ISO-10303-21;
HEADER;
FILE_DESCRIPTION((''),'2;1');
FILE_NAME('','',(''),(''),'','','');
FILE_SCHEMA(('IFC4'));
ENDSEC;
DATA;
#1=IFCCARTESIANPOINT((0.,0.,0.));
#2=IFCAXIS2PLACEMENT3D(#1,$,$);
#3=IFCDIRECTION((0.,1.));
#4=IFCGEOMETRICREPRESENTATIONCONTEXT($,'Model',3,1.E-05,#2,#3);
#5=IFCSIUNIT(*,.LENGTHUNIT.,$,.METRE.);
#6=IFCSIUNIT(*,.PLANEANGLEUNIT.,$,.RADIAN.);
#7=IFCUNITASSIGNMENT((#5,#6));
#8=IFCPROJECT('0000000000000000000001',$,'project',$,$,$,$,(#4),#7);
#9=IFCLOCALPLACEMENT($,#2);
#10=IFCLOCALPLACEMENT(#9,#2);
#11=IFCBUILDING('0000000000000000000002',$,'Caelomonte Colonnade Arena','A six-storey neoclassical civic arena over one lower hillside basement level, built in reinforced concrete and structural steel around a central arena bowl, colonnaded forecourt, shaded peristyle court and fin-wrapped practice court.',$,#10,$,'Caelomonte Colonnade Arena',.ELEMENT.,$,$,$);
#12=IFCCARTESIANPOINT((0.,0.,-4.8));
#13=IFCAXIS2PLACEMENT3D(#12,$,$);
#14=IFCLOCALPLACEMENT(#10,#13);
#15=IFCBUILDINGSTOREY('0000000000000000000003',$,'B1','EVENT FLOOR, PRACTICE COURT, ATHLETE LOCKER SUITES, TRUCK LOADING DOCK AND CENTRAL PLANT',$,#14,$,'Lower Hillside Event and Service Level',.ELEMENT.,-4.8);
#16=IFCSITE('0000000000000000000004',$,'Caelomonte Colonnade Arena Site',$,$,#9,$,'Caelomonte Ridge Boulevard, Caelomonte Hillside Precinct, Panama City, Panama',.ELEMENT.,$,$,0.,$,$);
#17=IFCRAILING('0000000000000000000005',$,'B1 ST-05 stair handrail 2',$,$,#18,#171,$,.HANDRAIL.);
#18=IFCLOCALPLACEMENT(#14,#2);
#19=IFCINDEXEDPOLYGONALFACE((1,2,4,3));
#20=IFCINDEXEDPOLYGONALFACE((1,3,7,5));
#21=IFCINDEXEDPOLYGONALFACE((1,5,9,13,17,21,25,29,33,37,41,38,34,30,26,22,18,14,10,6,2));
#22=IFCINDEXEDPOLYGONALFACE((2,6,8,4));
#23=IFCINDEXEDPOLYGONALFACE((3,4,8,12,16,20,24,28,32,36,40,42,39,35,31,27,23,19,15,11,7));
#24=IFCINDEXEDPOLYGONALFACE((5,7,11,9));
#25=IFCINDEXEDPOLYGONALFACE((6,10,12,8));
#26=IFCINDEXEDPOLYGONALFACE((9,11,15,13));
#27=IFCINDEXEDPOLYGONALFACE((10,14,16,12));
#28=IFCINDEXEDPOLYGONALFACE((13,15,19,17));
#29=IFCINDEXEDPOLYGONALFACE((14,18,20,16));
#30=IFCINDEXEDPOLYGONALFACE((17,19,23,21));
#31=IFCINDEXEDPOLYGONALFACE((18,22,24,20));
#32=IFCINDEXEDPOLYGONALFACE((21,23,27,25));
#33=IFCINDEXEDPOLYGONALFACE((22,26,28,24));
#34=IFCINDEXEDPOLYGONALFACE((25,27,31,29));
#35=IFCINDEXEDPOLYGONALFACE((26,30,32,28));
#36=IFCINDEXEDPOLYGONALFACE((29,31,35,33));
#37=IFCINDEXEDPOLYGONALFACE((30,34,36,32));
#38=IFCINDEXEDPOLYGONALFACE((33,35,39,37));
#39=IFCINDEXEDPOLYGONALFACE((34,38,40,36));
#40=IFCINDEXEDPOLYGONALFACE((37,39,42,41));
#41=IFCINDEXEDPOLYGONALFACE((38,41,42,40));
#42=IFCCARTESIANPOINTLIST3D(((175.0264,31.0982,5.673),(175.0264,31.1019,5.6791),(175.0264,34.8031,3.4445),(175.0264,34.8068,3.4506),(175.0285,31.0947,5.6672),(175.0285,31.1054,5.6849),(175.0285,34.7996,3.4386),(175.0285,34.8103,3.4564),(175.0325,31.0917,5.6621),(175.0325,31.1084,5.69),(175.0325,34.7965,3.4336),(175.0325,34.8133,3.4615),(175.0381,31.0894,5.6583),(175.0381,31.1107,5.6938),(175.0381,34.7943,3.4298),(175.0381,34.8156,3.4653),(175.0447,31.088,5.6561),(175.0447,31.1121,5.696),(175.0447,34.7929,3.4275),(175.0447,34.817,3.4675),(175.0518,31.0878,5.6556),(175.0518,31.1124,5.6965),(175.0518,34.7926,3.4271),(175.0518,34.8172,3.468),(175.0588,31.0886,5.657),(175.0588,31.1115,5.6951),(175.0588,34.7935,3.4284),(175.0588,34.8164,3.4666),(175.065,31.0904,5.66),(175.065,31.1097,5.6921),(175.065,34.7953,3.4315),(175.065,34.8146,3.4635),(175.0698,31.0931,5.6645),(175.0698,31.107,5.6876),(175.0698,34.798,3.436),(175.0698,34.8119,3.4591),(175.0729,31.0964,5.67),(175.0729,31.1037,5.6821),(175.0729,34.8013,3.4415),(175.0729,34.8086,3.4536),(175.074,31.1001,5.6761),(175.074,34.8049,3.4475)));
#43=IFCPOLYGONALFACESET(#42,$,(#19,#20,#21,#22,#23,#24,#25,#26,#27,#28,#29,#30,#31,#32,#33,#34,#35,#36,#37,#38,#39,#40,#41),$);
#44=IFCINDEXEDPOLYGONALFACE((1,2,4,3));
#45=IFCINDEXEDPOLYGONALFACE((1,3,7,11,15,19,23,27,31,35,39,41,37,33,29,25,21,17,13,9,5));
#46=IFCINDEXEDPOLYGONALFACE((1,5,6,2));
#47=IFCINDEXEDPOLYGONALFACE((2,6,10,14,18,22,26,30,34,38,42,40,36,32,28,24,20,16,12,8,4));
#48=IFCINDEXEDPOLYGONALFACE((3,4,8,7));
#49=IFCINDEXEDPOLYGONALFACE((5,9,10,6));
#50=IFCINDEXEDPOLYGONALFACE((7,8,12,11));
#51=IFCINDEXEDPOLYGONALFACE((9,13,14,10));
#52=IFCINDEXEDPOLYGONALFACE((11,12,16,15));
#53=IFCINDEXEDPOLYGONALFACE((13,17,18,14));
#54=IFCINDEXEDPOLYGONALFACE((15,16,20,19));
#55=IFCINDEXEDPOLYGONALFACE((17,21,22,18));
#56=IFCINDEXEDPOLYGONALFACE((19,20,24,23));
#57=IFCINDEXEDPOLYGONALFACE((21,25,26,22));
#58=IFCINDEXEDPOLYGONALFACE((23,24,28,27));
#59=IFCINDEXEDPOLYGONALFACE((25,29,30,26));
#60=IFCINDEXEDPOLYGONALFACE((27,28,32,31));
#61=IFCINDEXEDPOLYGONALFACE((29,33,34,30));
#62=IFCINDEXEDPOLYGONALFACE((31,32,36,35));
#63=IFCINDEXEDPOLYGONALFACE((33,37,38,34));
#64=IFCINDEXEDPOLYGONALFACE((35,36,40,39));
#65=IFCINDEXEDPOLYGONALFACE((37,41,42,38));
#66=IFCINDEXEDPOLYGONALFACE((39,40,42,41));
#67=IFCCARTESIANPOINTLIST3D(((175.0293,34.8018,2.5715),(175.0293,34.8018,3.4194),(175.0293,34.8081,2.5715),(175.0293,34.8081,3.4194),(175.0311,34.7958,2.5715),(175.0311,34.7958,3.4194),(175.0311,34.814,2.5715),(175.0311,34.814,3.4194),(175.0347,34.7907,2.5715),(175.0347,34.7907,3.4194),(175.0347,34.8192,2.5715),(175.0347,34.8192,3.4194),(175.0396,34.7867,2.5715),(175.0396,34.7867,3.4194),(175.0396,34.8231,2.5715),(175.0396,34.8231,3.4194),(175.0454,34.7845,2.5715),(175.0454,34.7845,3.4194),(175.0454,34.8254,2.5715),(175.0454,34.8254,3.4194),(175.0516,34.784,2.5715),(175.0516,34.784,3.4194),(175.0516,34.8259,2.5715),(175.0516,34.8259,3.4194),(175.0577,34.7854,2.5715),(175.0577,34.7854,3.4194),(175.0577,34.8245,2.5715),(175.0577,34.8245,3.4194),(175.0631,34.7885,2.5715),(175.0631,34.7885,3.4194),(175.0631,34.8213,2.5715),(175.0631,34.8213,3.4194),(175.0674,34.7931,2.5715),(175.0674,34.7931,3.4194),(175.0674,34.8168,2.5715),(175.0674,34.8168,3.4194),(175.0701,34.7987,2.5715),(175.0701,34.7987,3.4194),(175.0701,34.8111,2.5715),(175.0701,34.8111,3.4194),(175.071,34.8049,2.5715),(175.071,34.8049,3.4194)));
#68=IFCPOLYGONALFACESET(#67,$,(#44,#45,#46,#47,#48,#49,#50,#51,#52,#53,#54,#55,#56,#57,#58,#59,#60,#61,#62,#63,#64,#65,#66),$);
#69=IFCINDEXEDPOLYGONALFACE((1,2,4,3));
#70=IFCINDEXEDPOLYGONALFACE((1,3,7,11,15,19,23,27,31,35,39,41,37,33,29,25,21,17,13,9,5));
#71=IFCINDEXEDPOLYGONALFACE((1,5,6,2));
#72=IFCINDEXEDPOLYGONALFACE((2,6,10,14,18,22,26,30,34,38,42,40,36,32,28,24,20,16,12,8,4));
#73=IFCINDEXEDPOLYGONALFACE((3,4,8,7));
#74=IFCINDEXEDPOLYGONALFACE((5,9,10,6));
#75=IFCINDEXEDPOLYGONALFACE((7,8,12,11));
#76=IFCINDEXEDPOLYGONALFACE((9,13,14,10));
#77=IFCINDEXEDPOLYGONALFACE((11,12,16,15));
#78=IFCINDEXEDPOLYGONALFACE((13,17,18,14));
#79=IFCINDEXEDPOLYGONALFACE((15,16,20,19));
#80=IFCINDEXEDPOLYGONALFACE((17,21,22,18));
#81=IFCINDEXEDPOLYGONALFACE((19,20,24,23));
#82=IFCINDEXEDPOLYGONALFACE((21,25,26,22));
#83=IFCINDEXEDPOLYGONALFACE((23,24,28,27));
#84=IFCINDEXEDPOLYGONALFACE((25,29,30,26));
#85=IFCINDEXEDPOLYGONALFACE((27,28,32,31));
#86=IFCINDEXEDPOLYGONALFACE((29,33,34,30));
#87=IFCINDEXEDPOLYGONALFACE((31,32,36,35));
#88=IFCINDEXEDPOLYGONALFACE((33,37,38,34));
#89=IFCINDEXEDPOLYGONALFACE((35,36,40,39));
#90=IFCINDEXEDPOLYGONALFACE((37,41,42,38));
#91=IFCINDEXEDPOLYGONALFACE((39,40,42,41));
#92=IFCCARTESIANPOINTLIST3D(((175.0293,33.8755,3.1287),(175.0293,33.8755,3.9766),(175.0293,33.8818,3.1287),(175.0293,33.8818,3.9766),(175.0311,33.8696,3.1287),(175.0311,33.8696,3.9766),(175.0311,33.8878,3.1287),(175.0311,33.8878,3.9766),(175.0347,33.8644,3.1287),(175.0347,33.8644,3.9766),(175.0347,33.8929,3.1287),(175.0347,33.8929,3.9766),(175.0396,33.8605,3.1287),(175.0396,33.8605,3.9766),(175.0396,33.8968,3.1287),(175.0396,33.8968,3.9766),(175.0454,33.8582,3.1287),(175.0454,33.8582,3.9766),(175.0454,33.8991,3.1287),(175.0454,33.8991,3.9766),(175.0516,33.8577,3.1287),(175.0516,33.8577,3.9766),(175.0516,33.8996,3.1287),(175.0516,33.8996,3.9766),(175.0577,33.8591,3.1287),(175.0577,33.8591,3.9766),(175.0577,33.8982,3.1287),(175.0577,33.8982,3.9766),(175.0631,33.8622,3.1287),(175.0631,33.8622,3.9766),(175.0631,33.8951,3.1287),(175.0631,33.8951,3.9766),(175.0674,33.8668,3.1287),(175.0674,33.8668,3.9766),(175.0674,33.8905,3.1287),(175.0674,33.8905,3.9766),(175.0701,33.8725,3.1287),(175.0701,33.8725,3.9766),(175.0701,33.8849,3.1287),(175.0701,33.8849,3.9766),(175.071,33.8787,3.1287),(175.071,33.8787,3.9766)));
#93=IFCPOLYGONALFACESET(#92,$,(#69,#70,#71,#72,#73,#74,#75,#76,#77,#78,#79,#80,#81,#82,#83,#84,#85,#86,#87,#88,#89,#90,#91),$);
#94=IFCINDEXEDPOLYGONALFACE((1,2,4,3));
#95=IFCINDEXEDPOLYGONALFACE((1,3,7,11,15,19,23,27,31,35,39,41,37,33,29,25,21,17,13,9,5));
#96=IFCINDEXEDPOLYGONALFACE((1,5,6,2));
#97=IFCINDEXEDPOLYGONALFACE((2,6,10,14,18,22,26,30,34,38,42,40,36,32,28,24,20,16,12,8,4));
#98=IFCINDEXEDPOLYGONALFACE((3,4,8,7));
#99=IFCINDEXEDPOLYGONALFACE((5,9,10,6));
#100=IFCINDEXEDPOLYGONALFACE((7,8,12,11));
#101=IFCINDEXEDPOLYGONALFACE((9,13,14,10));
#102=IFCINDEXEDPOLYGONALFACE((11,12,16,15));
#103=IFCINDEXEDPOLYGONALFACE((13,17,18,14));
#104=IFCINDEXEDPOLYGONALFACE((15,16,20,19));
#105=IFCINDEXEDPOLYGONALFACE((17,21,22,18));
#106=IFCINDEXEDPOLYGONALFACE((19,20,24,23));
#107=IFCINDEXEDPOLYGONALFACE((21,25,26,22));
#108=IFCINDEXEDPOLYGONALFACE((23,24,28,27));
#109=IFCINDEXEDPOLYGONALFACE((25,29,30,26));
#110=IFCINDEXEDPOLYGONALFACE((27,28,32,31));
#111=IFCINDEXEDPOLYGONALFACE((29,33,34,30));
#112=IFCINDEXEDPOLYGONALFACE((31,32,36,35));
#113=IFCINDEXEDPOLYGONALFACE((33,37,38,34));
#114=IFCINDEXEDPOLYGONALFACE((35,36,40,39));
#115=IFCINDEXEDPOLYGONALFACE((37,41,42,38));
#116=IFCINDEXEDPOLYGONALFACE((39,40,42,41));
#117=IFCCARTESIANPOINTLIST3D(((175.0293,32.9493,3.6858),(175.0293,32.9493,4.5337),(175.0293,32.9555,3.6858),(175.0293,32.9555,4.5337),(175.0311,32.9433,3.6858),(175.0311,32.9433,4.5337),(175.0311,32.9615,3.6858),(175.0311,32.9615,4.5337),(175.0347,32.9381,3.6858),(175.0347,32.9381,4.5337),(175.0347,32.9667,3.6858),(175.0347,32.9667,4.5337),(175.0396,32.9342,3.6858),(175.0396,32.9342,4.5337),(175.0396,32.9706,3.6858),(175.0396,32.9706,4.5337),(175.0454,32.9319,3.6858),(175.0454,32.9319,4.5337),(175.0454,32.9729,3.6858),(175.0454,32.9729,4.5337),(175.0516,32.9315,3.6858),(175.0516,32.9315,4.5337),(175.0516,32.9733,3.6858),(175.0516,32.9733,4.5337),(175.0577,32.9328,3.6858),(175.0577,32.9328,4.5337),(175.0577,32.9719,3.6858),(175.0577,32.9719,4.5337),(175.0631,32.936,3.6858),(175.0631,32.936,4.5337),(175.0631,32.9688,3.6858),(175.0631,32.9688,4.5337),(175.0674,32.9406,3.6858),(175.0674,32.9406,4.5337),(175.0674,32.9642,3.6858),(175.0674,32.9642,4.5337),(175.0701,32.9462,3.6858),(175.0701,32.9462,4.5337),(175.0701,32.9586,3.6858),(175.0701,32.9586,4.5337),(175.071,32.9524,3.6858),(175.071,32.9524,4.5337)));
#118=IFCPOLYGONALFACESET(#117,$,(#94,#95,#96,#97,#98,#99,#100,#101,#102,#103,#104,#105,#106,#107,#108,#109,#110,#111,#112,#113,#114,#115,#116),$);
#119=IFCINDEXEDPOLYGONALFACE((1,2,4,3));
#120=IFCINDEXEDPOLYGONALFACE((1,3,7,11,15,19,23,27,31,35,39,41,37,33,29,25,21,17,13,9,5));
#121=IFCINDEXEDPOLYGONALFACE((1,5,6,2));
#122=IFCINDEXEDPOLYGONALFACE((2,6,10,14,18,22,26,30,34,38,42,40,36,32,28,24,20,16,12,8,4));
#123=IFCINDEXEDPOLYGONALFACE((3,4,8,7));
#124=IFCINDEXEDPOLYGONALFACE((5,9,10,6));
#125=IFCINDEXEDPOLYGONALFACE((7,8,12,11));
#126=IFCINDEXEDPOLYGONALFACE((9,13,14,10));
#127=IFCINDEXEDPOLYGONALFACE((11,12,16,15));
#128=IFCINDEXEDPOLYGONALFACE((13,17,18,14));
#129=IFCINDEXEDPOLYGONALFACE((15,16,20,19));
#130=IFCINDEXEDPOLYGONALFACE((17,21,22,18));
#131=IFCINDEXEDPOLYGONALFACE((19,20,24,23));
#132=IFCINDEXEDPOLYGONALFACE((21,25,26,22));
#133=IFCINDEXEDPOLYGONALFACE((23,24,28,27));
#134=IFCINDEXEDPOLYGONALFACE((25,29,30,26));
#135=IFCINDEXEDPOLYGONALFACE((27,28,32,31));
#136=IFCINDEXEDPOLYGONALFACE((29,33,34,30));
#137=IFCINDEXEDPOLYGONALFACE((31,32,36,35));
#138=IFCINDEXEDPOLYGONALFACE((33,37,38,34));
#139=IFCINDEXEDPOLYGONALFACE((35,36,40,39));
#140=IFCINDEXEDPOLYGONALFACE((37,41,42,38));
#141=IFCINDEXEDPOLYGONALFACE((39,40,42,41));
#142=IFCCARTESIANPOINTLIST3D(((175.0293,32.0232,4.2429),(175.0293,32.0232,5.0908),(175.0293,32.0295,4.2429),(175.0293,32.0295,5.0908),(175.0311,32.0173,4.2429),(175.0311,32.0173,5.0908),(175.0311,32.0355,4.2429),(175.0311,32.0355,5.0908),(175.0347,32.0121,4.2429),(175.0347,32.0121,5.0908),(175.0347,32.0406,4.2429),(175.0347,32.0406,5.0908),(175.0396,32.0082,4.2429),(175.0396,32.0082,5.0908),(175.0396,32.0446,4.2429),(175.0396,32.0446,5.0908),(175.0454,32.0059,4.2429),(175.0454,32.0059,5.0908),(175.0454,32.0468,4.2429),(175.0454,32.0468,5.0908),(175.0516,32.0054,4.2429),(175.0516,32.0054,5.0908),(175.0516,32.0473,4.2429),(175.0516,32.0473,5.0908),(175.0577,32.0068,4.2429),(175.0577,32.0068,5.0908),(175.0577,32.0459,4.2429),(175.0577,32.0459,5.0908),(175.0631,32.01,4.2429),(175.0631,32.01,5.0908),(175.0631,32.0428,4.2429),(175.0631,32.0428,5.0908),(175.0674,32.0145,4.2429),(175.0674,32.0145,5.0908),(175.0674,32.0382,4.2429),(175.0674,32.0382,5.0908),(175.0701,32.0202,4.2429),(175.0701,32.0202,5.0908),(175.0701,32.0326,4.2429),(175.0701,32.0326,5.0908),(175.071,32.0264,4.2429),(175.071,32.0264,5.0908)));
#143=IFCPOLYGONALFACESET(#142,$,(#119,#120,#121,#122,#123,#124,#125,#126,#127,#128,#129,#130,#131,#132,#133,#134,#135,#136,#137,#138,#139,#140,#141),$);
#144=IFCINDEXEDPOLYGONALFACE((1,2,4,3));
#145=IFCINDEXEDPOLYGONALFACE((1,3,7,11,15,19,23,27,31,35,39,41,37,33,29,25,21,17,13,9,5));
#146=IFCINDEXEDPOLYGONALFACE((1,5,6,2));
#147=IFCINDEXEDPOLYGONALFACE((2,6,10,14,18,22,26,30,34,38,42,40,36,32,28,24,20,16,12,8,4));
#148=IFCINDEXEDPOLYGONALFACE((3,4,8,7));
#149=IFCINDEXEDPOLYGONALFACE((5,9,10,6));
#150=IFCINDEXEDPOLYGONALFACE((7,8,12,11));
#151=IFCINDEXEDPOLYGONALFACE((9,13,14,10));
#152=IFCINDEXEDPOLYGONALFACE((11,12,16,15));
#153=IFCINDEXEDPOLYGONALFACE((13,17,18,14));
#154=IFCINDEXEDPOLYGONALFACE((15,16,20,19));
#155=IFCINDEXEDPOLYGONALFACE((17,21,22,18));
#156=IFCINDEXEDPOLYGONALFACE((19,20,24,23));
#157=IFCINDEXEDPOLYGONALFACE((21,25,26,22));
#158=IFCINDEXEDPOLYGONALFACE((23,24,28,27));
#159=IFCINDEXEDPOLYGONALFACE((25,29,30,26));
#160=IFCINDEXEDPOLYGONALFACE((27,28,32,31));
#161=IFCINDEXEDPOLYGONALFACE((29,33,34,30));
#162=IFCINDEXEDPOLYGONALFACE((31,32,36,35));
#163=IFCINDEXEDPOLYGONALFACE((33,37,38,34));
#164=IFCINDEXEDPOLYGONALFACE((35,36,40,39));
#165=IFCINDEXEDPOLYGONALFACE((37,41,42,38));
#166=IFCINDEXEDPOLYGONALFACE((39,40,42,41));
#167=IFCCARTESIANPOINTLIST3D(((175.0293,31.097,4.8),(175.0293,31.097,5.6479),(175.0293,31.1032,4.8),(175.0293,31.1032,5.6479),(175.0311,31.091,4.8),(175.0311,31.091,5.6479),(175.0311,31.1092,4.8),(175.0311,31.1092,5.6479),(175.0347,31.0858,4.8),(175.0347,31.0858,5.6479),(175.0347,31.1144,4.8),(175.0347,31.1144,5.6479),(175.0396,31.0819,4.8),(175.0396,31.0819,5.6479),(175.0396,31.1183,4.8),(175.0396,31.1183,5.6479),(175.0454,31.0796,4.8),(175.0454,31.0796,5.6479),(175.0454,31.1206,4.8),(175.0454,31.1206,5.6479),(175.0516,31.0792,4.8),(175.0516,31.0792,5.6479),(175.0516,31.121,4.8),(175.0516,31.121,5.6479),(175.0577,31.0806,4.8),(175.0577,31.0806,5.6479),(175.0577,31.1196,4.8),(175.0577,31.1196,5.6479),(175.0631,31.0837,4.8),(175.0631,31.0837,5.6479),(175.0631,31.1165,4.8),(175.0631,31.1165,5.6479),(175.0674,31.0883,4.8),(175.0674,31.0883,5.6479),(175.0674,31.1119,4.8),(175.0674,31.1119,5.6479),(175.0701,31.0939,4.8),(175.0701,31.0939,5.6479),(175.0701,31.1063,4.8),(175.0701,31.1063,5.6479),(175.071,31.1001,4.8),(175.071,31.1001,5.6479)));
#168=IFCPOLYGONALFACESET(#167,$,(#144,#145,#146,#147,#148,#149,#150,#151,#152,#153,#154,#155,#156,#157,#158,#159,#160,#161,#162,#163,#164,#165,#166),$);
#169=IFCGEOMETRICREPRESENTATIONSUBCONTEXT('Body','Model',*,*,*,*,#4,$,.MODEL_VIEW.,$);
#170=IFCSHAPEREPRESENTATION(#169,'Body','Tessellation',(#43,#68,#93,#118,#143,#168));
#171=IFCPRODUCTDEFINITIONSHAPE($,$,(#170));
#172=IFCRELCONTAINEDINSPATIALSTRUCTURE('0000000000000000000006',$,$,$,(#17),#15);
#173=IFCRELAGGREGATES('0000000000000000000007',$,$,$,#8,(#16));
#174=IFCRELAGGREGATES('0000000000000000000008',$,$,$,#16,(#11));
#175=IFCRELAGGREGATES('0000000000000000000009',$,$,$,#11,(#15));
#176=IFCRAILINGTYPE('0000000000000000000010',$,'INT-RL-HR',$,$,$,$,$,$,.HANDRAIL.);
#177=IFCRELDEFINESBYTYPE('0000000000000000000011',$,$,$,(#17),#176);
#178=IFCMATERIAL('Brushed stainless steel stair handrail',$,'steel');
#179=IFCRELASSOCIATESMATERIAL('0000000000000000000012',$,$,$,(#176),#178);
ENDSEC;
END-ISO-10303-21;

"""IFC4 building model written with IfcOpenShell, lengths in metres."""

from ifc_helpers import new_model, si_unit, direction, frame, origin, origin_2d, place, context, subcontext, project, spatial, circle, extrude, material, type_object, element, save


model = new_model("IFC4")

# Units and contexts
model_context = context("Model", 3, precision=1e-05, world=origin(), true_north=direction((0.0, 1.0)))
body_context = subcontext(model_context, "Body", "Model", "MODEL_VIEW")
ifc_project = project(units=[si_unit("LENGTHUNIT", "METRE"), si_unit("PLANEANGLEUNIT", "RADIAN")], contexts=[model_context])

# Site, building, storey
site_placement = place(None, origin())
site = spatial("IfcSite", under=ifc_project, at=site_placement, Name="Caelomonte Colonnade Arena Site", LongName="Caelomonte Ridge Boulevard, Caelomonte Hillside Precinct, Panama City, Panama", CompositionType="ELEMENT", RefElevation=0.0)
building_placement = place(site_placement, origin())
building = spatial("IfcBuilding", under=site, at=building_placement, Name="Caelomonte Colonnade Arena", Description="A six-storey neoclassical civic arena over one lower hillside basement level, built in reinforced concrete and structural steel around a central arena bowl, colonnaded forecourt, shaded peristyle court and fin-wrapped practice court.", LongName="Caelomonte Colonnade Arena", CompositionType="ELEMENT")
storey_placement = place(building_placement, frame((0.0, 0.0, -4.8)))
storey = spatial("IfcBuildingStorey", under=building, at=storey_placement, Name="B1", Description="EVENT FLOOR, PRACTICE COURT, ATHLETE LOCKER SUITES, TRUCK LOADING DOCK AND CENTRAL PLANT", LongName="Lower Hillside Event and Service Level", CompositionType="ELEMENT", Elevation=-4.8)

# Railing
ifc_material_1 = material(Name="Brushed stainless steel stair handrail", Category="steel")
railing_type_1 = type_object("IfcRailingType", Name="INT-RL-HR", PredefinedType="HANDRAIL", material=ifc_material_1)
railing_1_placement = place(storey_placement, frame((175.05, 34.8049, 2.5715)))
element("IfcRailing", 1, at=railing_1_placement, inside=storey, type_object=railing_type_1, Name="B1 ST-05 stair handrail 2", PredefinedType="HANDRAIL", context=body_context, shape_type="SweptSolid", body=[
    extrude(circle(Radius=0.0239, at=origin_2d()), frame((0.0, 0.0, 0.876), z_axis=(0.0, -0.856919, 0.51545), x_axis=(1.0, 0.0, 0.0)), (0.0, 0.0, 1.0), 4.3235),
    extrude(circle(Radius=0.021, at=origin_2d()), origin(), (0.0, 0.0, 1.0), 0.8479),
    extrude(circle(Radius=0.021, at=origin_2d()), frame((0.0, -0.9263, 0.5571)), (0.0, 0.0, 1.0), 0.8479),
    extrude(circle(Radius=0.021, at=origin_2d()), frame((0.0, -1.8525, 1.1143)), (0.0, 0.0, 1.0), 0.8479),
    extrude(circle(Radius=0.021, at=origin_2d()), frame((0.0, -2.7786, 1.6714)), (0.0, 0.0, 1.0), 0.8479),
    extrude(circle(Radius=0.021, at=origin_2d()), frame((0.0, -3.7048, 2.2285)), (0.0, 0.0, 1.0), 0.8479),
])

save(model, "model.ifc")
